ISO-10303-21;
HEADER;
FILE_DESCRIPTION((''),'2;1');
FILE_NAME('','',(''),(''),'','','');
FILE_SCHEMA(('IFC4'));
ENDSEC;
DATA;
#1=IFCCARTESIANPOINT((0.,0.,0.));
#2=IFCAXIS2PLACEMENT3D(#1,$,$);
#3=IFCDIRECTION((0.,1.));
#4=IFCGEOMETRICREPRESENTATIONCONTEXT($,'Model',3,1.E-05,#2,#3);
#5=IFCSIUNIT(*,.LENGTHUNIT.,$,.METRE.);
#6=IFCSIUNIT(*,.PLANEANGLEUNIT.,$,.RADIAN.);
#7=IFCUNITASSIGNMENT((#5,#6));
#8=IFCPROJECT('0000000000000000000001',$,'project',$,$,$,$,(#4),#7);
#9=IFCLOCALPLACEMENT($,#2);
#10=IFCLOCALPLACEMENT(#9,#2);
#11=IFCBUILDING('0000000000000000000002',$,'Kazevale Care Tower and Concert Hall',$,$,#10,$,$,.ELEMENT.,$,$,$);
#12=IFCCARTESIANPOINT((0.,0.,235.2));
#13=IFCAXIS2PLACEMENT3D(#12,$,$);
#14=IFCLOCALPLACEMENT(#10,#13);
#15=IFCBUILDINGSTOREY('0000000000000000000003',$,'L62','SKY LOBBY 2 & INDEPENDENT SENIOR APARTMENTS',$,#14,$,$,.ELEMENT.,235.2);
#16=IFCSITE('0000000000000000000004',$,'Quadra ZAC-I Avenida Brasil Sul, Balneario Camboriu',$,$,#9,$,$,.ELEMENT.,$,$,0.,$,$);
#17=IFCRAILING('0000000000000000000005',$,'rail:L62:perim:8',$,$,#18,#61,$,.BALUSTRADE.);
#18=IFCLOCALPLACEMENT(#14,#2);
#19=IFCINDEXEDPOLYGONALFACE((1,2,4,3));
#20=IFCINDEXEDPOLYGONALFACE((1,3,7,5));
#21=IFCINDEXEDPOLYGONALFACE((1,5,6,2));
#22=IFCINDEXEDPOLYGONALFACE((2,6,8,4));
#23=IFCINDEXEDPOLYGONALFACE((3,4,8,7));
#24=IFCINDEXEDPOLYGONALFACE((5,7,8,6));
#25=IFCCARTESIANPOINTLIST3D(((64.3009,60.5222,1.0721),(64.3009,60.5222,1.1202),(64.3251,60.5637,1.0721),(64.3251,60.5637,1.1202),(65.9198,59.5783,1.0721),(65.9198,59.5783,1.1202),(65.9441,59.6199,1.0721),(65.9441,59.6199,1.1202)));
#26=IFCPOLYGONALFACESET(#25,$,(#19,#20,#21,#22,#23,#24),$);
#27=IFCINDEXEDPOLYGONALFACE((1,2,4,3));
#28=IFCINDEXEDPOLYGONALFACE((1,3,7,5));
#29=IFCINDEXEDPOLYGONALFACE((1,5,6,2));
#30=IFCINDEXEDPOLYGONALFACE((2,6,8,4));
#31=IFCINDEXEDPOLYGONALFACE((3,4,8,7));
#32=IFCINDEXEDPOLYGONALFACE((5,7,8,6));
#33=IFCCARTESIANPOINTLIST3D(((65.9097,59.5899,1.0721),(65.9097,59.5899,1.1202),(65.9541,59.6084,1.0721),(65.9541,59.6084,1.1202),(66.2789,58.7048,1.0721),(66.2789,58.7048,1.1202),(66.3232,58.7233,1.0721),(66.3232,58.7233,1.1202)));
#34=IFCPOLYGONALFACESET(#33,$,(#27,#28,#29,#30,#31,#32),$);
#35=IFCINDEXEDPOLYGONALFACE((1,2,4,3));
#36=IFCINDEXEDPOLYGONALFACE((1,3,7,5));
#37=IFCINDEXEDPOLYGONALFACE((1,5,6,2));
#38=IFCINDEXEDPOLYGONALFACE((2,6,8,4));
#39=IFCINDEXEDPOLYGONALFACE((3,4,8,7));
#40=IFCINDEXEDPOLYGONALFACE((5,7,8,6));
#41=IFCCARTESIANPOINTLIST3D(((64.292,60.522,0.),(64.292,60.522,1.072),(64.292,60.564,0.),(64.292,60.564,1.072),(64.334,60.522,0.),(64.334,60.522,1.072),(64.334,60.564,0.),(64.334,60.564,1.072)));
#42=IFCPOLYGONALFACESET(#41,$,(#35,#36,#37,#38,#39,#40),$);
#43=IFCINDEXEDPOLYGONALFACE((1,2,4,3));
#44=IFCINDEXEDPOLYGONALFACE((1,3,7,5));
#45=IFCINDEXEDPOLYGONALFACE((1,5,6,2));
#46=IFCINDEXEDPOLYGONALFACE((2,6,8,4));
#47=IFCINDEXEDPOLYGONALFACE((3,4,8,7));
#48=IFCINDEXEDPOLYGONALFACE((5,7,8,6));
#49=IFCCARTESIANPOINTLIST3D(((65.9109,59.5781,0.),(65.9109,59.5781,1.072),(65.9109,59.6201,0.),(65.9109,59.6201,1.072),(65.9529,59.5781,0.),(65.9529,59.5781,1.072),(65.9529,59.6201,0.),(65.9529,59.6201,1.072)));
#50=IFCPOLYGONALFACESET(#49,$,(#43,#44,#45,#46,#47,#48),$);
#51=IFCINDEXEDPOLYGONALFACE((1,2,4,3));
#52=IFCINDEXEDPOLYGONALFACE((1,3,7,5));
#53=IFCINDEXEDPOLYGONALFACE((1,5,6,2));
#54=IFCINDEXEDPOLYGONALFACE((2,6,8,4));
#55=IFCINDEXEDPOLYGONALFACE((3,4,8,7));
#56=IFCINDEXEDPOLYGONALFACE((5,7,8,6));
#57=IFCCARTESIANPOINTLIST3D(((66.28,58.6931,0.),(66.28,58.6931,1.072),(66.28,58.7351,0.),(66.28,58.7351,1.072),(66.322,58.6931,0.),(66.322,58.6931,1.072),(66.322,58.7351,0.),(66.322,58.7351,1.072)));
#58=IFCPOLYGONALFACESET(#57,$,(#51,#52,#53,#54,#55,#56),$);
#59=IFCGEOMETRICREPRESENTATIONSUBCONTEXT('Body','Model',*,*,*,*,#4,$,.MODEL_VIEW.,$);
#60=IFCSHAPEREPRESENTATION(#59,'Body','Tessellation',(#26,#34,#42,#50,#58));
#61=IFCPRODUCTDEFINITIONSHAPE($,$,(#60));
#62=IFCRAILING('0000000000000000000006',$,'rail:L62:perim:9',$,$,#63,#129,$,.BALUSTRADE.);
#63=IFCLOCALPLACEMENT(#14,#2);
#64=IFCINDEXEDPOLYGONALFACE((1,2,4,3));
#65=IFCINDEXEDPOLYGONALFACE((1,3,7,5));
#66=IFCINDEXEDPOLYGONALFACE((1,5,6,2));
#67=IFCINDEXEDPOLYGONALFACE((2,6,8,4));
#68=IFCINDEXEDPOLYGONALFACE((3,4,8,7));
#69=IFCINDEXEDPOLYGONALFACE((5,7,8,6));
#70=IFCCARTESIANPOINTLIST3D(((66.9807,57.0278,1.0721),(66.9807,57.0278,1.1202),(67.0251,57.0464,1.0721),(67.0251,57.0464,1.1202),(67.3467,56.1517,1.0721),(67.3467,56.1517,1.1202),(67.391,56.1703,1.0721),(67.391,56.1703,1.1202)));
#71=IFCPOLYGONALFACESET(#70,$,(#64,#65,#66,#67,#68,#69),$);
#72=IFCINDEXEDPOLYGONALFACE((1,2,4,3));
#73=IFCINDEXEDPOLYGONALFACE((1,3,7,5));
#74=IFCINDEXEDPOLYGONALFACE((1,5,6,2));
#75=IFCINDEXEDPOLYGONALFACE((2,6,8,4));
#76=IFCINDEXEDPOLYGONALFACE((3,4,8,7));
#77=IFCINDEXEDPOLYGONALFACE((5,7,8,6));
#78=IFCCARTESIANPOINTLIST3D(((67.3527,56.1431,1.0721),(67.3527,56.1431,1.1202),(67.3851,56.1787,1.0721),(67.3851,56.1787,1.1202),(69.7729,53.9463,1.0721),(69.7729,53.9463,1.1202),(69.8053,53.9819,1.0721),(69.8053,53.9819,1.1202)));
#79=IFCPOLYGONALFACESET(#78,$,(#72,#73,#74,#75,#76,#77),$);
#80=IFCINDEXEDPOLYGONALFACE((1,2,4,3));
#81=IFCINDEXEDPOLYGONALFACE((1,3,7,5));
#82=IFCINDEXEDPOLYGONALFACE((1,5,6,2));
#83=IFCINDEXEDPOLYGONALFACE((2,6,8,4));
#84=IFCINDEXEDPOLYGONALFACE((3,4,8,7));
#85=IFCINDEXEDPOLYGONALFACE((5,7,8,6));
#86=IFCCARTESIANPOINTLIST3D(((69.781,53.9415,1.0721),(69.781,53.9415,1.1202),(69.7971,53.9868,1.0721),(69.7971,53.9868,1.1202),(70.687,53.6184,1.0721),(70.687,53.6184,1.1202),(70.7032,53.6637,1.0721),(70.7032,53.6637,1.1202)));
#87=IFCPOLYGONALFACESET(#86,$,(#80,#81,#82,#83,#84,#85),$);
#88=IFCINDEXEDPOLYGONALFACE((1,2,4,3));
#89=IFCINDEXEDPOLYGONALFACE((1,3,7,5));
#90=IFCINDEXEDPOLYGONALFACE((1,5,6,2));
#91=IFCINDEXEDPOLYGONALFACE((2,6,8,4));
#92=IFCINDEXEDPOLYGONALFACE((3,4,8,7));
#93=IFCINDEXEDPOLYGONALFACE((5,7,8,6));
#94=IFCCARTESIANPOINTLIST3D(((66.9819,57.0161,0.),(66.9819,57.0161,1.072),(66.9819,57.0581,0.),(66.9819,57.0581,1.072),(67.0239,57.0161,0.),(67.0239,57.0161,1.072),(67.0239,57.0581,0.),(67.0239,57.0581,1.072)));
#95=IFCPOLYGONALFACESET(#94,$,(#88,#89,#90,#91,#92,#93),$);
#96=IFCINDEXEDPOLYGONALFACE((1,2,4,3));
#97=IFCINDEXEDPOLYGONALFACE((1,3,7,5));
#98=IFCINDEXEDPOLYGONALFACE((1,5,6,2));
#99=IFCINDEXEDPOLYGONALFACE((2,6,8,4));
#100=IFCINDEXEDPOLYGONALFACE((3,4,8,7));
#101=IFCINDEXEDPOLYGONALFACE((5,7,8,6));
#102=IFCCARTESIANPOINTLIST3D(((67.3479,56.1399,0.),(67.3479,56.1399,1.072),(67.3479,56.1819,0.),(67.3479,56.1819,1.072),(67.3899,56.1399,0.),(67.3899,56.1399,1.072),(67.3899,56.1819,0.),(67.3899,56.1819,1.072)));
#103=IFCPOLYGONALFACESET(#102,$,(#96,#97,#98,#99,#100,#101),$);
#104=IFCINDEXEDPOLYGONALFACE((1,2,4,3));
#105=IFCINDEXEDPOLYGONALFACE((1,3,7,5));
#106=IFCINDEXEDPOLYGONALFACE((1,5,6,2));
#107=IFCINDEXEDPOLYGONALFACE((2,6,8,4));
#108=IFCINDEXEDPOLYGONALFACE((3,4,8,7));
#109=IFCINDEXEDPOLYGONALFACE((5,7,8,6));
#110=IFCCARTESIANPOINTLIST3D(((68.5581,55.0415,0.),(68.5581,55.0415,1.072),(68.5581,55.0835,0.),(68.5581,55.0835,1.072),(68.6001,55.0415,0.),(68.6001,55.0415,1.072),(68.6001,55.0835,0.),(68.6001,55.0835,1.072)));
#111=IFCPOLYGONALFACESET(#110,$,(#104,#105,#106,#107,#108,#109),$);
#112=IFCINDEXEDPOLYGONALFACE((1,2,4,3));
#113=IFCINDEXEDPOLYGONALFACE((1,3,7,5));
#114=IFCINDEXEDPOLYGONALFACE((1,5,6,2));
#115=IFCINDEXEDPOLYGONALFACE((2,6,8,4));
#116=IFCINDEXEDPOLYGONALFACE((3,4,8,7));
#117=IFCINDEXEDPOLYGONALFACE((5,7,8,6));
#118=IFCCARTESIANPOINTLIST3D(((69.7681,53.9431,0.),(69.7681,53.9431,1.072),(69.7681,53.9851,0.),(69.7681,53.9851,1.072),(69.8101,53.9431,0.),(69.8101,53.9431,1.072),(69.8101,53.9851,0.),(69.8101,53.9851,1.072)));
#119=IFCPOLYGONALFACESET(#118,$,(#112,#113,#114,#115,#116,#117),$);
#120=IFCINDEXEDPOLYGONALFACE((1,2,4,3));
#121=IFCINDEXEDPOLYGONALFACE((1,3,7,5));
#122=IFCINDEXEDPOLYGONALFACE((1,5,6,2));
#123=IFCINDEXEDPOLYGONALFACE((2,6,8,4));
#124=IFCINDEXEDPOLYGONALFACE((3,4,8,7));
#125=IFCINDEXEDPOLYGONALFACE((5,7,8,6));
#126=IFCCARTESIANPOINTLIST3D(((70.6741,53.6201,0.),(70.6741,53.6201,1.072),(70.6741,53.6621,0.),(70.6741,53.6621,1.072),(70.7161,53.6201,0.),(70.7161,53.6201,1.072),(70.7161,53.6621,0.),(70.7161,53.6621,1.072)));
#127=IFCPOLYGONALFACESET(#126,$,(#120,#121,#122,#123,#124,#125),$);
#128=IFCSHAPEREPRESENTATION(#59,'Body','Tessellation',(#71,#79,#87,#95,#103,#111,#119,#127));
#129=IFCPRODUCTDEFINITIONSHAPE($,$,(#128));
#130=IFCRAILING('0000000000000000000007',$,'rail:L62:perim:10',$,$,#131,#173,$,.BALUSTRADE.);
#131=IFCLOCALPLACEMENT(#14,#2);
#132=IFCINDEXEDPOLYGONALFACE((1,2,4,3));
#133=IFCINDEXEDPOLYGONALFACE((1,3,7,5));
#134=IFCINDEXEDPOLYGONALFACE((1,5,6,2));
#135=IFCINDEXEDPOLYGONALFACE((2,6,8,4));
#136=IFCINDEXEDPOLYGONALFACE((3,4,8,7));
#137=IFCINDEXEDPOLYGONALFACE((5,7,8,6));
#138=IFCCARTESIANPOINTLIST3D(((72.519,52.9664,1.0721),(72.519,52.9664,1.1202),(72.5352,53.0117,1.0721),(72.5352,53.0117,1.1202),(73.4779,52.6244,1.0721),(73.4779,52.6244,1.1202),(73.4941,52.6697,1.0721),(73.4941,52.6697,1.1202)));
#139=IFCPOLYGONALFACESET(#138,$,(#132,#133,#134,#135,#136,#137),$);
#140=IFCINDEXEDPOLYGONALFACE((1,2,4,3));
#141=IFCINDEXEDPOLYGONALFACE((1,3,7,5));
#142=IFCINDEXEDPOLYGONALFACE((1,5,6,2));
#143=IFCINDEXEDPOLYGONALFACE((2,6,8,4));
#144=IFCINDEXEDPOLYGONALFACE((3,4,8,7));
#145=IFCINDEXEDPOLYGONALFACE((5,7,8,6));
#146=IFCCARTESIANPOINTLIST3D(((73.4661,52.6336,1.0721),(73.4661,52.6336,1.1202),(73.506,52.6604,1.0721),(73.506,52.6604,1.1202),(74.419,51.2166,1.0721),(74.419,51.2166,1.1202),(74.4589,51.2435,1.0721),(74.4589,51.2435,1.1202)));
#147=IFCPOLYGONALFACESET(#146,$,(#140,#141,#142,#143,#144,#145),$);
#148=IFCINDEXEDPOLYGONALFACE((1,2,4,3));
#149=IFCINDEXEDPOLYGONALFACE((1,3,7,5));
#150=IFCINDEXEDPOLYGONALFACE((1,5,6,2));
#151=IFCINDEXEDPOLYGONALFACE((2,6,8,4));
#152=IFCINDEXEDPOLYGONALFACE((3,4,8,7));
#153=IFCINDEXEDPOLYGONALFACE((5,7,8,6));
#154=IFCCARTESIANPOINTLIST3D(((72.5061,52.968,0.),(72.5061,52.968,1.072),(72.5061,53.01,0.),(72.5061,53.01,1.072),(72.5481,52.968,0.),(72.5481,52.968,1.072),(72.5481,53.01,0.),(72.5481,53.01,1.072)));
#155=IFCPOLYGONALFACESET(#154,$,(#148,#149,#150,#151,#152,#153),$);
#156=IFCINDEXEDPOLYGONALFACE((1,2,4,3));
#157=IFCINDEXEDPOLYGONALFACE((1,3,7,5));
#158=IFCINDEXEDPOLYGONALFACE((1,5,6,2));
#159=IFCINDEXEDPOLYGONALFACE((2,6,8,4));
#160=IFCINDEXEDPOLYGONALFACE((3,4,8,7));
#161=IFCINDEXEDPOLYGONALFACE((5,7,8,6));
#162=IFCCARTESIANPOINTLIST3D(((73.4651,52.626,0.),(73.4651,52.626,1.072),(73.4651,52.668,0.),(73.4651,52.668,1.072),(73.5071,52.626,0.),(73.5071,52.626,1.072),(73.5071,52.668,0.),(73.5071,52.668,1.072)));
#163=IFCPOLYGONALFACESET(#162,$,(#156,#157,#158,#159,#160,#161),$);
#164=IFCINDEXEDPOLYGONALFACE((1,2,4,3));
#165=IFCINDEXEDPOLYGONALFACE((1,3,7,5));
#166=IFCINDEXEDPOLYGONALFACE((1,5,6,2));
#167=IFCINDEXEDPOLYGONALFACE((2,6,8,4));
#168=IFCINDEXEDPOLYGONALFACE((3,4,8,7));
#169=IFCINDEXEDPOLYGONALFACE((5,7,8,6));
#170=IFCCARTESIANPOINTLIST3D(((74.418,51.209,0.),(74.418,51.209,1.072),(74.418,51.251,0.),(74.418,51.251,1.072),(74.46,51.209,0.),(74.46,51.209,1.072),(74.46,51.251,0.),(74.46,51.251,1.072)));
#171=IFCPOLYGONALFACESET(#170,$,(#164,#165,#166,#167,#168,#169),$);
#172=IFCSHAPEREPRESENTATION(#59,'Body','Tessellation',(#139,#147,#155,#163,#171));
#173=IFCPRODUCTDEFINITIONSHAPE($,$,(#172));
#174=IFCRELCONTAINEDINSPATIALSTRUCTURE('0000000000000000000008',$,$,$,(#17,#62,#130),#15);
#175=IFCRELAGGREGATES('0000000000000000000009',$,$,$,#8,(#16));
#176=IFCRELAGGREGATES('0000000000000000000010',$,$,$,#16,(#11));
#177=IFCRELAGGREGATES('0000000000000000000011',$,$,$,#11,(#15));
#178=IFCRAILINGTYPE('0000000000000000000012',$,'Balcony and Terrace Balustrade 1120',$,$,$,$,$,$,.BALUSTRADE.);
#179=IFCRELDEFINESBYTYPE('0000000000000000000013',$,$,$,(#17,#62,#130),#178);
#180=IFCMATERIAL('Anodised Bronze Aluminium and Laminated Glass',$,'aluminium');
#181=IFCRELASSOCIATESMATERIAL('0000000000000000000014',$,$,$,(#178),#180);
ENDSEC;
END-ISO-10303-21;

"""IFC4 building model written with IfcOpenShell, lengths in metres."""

from ifc_helpers import new_model, si_unit, direction, frame, origin, origin_2d, place, context, subcontext, project, spatial, rectangle, extrude, material, type_object, element, save


model = new_model("IFC4")

# Units and contexts
model_context = context("Model", 3, precision=1e-05, world=origin(), true_north=direction((0.0, 1.0)))
body_context = subcontext(model_context, "Body", "Model", "MODEL_VIEW")
ifc_project = project(units=[si_unit("LENGTHUNIT", "METRE"), si_unit("PLANEANGLEUNIT", "RADIAN")], contexts=[model_context])

# Site, building, storey
site_placement = place(None, origin())
site = spatial("IfcSite", under=ifc_project, at=site_placement, Name="Quadra ZAC-I Avenida Brasil Sul, Balneario Camboriu", CompositionType="ELEMENT", RefElevation=0.0)
building_placement = place(site_placement, origin())
building = spatial("IfcBuilding", under=site, at=building_placement, Name="Kazevale Care Tower and Concert Hall", CompositionType="ELEMENT")
storey_placement = place(building_placement, frame((0.0, 0.0, 235.2)))
storey = spatial("IfcBuildingStorey", under=building, at=storey_placement, Name="L62", Description="SKY LOBBY 2 & INDEPENDENT SENIOR APARTMENTS", CompositionType="ELEMENT", Elevation=235.2)

# Railings
ifc_material_1 = material(Name="Anodised Bronze Aluminium and Laminated Glass", Category="aluminium")
railing_type = type_object("IfcRailingType", Name="Balcony and Terrace Balustrade 1120", PredefinedType="BALUSTRADE", material=ifc_material_1)
railing_1_placement = place(storey_placement, frame((64.313, 60.543, 0.0)))
element("IfcRailing", 1, at=railing_1_placement, inside=storey, type_object=railing_type, Name="rail:L62:perim:8", PredefinedType="BALUSTRADE", context=body_context, shape_type="SweptSolid", body=[
    extrude(rectangle(XDim=0.0481, YDim=0.0481, at=origin_2d()), frame((0.0, 0.0, 1.0962), z_axis=(0.863897, -0.503669, 0.0), x_axis=(0.503669, 0.863897, 0.0)), (0.0, 0.0, 1.0), 1.874),
    extrude(rectangle(XDim=0.0481, YDim=0.0481, at=origin_2d()), frame((1.6189, -0.9438, 1.0962), z_axis=(0.384959, -0.922934, 0.0), x_axis=(0.922934, 0.384959, 0.0)), (0.0, 0.0, 1.0), 0.959),
    extrude(rectangle(XDim=0.042, YDim=0.042, at=origin_2d()), origin(), (0.0, 0.0, 1.0), 1.072),
    extrude(rectangle(XDim=0.042, YDim=0.042, at=origin_2d()), frame((1.6189, -0.9438, 0.0)), (0.0, 0.0, 1.0), 1.072),
    extrude(rectangle(XDim=0.042, YDim=0.042, at=origin_2d()), frame((1.988, -1.8289, 0.0)), (0.0, 0.0, 1.0), 1.072),
])
railing_2_placement = place(storey_placement, frame((67.0029, 57.0371, 0.0)))
element("IfcRailing", 2, at=railing_2_placement, inside=storey, type_object=railing_type, Name="rail:L62:perim:9", PredefinedType="BALUSTRADE", context=body_context, shape_type="SweptSolid", body=[
    extrude(rectangle(XDim=0.0481, YDim=0.0481, at=origin_2d()), frame((0.0, 0.0, 1.0962), z_axis=(0.3854, -0.92275, 0.0), x_axis=(0.92275, 0.3854, 0.0)), (0.0, 0.0, 1.0), 0.9495),
    extrude(rectangle(XDim=0.0481, YDim=0.0481, at=origin_2d()), frame((0.366, -0.8762, 1.0962), z_axis=(0.740454, -0.672107, 0.0), x_axis=(0.672107, 0.740454, 0.0)), (0.0, 0.0, 1.0), 3.2686),
    extrude(rectangle(XDim=0.0481, YDim=0.0481, at=origin_2d()), frame((2.7861, -3.073, 1.0962), z_axis=(0.941931, -0.335806, 0.0), x_axis=(0.335806, 0.941931, 0.0)), (0.0, 0.0, 1.0), 0.9619),
    extrude(rectangle(XDim=0.042, YDim=0.042, at=origin_2d()), origin(), (0.0, 0.0, 1.0), 1.072),
    extrude(rectangle(XDim=0.042, YDim=0.042, at=origin_2d()), frame((0.366, -0.8762, 0.0)), (0.0, 0.0, 1.0), 1.072),
    extrude(rectangle(XDim=0.042, YDim=0.042, at=origin_2d()), frame((1.5762, -1.9746, 0.0)), (0.0, 0.0, 1.0), 1.072),
    extrude(rectangle(XDim=0.042, YDim=0.042, at=origin_2d()), frame((2.7861, -3.073, 0.0)), (0.0, 0.0, 1.0), 1.072),
    extrude(rectangle(XDim=0.042, YDim=0.042, at=origin_2d()), frame((3.6921, -3.396, 0.0)), (0.0, 0.0, 1.0), 1.072),
])
railing_3_placement = place(storey_placement, frame((72.5271, 52.989, 0.0)))
element("IfcRailing", 3, at=railing_3_placement, inside=storey, type_object=railing_type, Name="rail:L62:perim:10", PredefinedType="BALUSTRADE", context=body_context, shape_type="SweptSolid", body=[
    extrude(rectangle(XDim=0.0481, YDim=0.0481, at=origin_2d()), frame((0.0, 0.0, 1.0962), z_axis=(0.941883, -0.335941, 0.0), x_axis=(0.335941, 0.941883, 0.0)), (0.0, 0.0, 1.0), 1.0181),
    extrude(rectangle(XDim=0.0481, YDim=0.0481, at=origin_2d()), frame((0.959, -0.342, 1.0962), z_axis=(0.558028, -0.829822, 0.0), x_axis=(0.829822, 0.558028, 0.0)), (0.0, 0.0, 1.0), 1.7075),
    extrude(rectangle(XDim=0.042, YDim=0.042, at=origin_2d()), origin(), (0.0, 0.0, 1.0), 1.072),
    extrude(rectangle(XDim=0.042, YDim=0.042, at=origin_2d()), frame((0.959, -0.342, 0.0)), (0.0, 0.0, 1.0), 1.072),
    extrude(rectangle(XDim=0.042, YDim=0.042, at=origin_2d()), frame((1.9119, -1.759, 0.0)), (0.0, 0.0, 1.0), 1.072),
])

save(model, "model.ifc")
